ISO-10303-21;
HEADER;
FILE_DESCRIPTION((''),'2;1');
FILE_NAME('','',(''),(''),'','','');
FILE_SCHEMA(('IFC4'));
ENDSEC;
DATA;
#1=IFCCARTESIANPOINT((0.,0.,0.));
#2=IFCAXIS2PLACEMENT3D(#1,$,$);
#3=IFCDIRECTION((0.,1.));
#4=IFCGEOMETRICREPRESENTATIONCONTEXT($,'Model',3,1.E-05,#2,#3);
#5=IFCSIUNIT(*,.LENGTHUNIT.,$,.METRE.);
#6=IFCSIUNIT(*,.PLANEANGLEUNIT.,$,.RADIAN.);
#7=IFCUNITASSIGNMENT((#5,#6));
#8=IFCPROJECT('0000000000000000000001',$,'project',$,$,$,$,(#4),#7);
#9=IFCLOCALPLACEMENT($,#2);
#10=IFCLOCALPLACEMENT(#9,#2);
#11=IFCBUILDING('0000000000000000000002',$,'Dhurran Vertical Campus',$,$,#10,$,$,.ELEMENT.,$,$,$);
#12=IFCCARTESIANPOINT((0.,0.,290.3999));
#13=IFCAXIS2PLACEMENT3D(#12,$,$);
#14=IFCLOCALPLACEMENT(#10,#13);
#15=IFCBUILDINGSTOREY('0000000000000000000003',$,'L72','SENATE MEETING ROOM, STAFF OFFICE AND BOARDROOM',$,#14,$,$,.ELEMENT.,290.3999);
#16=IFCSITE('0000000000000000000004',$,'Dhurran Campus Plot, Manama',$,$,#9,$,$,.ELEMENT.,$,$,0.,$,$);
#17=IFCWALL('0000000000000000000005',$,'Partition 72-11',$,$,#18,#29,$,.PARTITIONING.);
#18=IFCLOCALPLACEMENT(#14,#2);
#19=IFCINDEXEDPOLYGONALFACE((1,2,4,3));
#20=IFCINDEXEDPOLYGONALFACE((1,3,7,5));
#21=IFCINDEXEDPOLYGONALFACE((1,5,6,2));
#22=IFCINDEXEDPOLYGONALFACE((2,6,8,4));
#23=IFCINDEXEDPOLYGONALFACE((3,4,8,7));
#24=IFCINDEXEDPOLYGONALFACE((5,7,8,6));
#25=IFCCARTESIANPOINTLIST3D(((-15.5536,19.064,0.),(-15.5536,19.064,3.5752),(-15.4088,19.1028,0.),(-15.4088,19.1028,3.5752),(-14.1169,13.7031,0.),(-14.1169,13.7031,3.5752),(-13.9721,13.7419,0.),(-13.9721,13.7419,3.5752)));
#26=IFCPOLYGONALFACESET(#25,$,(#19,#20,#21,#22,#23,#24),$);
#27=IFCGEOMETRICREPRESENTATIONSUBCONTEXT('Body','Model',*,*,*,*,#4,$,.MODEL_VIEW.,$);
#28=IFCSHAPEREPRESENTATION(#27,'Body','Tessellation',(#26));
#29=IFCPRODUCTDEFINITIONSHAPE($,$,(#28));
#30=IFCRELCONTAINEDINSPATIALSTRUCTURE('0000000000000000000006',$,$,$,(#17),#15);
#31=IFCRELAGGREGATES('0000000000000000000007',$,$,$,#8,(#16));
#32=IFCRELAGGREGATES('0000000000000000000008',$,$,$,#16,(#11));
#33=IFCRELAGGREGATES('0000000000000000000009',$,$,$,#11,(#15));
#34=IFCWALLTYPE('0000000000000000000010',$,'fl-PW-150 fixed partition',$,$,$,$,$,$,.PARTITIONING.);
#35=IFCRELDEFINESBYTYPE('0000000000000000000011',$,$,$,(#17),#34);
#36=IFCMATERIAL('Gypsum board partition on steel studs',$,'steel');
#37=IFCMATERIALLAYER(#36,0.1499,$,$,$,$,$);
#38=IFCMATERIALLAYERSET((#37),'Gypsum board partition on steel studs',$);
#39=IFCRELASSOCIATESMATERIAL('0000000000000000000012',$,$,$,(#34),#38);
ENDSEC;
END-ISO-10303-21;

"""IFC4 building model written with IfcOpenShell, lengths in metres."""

from ifc_helpers import new_model, si_unit, direction, frame, frame_2d, origin, place, context, subcontext, project, spatial, rectangle, extrude, material, layer, layer_set, type_object, element, save


model = new_model("IFC4")

# Units and contexts
model_context = context("Model", 3, precision=1e-05, world=origin(), true_north=direction((0.0, 1.0)))
body_context = subcontext(model_context, "Body", "Model", "MODEL_VIEW")
ifc_project = project(units=[si_unit("LENGTHUNIT", "METRE"), si_unit("PLANEANGLEUNIT", "RADIAN")], contexts=[model_context])

# Site, building, storey
site_placement = place(None, origin())
site = spatial("IfcSite", under=ifc_project, at=site_placement, Name="Dhurran Campus Plot, Manama", CompositionType="ELEMENT", RefElevation=0.0)
building_placement = place(site_placement, origin())
building = spatial("IfcBuilding", under=site, at=building_placement, Name="Dhurran Vertical Campus", CompositionType="ELEMENT")
storey_placement = place(building_placement, frame((0.0, 0.0, 290.3999)))
storey = spatial("IfcBuildingStorey", under=building, at=storey_placement, Name="L72", Description="SENATE MEETING ROOM, STAFF OFFICE AND BOARDROOM", CompositionType="ELEMENT", Elevation=290.3999)

# Wall
ifc_material_1 = material(Name="Gypsum board partition on steel studs", Category="steel")
ifc_layer_1 = layer(ifc_material_1, 0.1499)
ifc_layer_set_1 = layer_set([ifc_layer_1], Name="Gypsum board partition on steel studs")
wall_type_1 = type_object("IfcWallType", Name="fl-PW-150 fixed partition", PredefinedType="PARTITIONING", material=ifc_layer_set_1)
wall_1_placement = place(storey_placement, frame((-15.4812, 19.0833, 0.0), z_axis=(0.0, 0.0, 1.0), x_axis=(0.258875, -0.965911, 0.0)))
element("IfcWall", 1, at=wall_1_placement, inside=storey, type_object=wall_type_1, Name="Partition 72-11", PredefinedType="PARTITIONING", context=body_context, shape_type="SweptSolid", body=[
    extrude(rectangle(XDim=5.55, YDim=0.1499, at=frame_2d((2.7749, 0.0))), origin(), (0.0, 0.0, 1.0), 3.5752),
])

save(model, "model.ifc")
